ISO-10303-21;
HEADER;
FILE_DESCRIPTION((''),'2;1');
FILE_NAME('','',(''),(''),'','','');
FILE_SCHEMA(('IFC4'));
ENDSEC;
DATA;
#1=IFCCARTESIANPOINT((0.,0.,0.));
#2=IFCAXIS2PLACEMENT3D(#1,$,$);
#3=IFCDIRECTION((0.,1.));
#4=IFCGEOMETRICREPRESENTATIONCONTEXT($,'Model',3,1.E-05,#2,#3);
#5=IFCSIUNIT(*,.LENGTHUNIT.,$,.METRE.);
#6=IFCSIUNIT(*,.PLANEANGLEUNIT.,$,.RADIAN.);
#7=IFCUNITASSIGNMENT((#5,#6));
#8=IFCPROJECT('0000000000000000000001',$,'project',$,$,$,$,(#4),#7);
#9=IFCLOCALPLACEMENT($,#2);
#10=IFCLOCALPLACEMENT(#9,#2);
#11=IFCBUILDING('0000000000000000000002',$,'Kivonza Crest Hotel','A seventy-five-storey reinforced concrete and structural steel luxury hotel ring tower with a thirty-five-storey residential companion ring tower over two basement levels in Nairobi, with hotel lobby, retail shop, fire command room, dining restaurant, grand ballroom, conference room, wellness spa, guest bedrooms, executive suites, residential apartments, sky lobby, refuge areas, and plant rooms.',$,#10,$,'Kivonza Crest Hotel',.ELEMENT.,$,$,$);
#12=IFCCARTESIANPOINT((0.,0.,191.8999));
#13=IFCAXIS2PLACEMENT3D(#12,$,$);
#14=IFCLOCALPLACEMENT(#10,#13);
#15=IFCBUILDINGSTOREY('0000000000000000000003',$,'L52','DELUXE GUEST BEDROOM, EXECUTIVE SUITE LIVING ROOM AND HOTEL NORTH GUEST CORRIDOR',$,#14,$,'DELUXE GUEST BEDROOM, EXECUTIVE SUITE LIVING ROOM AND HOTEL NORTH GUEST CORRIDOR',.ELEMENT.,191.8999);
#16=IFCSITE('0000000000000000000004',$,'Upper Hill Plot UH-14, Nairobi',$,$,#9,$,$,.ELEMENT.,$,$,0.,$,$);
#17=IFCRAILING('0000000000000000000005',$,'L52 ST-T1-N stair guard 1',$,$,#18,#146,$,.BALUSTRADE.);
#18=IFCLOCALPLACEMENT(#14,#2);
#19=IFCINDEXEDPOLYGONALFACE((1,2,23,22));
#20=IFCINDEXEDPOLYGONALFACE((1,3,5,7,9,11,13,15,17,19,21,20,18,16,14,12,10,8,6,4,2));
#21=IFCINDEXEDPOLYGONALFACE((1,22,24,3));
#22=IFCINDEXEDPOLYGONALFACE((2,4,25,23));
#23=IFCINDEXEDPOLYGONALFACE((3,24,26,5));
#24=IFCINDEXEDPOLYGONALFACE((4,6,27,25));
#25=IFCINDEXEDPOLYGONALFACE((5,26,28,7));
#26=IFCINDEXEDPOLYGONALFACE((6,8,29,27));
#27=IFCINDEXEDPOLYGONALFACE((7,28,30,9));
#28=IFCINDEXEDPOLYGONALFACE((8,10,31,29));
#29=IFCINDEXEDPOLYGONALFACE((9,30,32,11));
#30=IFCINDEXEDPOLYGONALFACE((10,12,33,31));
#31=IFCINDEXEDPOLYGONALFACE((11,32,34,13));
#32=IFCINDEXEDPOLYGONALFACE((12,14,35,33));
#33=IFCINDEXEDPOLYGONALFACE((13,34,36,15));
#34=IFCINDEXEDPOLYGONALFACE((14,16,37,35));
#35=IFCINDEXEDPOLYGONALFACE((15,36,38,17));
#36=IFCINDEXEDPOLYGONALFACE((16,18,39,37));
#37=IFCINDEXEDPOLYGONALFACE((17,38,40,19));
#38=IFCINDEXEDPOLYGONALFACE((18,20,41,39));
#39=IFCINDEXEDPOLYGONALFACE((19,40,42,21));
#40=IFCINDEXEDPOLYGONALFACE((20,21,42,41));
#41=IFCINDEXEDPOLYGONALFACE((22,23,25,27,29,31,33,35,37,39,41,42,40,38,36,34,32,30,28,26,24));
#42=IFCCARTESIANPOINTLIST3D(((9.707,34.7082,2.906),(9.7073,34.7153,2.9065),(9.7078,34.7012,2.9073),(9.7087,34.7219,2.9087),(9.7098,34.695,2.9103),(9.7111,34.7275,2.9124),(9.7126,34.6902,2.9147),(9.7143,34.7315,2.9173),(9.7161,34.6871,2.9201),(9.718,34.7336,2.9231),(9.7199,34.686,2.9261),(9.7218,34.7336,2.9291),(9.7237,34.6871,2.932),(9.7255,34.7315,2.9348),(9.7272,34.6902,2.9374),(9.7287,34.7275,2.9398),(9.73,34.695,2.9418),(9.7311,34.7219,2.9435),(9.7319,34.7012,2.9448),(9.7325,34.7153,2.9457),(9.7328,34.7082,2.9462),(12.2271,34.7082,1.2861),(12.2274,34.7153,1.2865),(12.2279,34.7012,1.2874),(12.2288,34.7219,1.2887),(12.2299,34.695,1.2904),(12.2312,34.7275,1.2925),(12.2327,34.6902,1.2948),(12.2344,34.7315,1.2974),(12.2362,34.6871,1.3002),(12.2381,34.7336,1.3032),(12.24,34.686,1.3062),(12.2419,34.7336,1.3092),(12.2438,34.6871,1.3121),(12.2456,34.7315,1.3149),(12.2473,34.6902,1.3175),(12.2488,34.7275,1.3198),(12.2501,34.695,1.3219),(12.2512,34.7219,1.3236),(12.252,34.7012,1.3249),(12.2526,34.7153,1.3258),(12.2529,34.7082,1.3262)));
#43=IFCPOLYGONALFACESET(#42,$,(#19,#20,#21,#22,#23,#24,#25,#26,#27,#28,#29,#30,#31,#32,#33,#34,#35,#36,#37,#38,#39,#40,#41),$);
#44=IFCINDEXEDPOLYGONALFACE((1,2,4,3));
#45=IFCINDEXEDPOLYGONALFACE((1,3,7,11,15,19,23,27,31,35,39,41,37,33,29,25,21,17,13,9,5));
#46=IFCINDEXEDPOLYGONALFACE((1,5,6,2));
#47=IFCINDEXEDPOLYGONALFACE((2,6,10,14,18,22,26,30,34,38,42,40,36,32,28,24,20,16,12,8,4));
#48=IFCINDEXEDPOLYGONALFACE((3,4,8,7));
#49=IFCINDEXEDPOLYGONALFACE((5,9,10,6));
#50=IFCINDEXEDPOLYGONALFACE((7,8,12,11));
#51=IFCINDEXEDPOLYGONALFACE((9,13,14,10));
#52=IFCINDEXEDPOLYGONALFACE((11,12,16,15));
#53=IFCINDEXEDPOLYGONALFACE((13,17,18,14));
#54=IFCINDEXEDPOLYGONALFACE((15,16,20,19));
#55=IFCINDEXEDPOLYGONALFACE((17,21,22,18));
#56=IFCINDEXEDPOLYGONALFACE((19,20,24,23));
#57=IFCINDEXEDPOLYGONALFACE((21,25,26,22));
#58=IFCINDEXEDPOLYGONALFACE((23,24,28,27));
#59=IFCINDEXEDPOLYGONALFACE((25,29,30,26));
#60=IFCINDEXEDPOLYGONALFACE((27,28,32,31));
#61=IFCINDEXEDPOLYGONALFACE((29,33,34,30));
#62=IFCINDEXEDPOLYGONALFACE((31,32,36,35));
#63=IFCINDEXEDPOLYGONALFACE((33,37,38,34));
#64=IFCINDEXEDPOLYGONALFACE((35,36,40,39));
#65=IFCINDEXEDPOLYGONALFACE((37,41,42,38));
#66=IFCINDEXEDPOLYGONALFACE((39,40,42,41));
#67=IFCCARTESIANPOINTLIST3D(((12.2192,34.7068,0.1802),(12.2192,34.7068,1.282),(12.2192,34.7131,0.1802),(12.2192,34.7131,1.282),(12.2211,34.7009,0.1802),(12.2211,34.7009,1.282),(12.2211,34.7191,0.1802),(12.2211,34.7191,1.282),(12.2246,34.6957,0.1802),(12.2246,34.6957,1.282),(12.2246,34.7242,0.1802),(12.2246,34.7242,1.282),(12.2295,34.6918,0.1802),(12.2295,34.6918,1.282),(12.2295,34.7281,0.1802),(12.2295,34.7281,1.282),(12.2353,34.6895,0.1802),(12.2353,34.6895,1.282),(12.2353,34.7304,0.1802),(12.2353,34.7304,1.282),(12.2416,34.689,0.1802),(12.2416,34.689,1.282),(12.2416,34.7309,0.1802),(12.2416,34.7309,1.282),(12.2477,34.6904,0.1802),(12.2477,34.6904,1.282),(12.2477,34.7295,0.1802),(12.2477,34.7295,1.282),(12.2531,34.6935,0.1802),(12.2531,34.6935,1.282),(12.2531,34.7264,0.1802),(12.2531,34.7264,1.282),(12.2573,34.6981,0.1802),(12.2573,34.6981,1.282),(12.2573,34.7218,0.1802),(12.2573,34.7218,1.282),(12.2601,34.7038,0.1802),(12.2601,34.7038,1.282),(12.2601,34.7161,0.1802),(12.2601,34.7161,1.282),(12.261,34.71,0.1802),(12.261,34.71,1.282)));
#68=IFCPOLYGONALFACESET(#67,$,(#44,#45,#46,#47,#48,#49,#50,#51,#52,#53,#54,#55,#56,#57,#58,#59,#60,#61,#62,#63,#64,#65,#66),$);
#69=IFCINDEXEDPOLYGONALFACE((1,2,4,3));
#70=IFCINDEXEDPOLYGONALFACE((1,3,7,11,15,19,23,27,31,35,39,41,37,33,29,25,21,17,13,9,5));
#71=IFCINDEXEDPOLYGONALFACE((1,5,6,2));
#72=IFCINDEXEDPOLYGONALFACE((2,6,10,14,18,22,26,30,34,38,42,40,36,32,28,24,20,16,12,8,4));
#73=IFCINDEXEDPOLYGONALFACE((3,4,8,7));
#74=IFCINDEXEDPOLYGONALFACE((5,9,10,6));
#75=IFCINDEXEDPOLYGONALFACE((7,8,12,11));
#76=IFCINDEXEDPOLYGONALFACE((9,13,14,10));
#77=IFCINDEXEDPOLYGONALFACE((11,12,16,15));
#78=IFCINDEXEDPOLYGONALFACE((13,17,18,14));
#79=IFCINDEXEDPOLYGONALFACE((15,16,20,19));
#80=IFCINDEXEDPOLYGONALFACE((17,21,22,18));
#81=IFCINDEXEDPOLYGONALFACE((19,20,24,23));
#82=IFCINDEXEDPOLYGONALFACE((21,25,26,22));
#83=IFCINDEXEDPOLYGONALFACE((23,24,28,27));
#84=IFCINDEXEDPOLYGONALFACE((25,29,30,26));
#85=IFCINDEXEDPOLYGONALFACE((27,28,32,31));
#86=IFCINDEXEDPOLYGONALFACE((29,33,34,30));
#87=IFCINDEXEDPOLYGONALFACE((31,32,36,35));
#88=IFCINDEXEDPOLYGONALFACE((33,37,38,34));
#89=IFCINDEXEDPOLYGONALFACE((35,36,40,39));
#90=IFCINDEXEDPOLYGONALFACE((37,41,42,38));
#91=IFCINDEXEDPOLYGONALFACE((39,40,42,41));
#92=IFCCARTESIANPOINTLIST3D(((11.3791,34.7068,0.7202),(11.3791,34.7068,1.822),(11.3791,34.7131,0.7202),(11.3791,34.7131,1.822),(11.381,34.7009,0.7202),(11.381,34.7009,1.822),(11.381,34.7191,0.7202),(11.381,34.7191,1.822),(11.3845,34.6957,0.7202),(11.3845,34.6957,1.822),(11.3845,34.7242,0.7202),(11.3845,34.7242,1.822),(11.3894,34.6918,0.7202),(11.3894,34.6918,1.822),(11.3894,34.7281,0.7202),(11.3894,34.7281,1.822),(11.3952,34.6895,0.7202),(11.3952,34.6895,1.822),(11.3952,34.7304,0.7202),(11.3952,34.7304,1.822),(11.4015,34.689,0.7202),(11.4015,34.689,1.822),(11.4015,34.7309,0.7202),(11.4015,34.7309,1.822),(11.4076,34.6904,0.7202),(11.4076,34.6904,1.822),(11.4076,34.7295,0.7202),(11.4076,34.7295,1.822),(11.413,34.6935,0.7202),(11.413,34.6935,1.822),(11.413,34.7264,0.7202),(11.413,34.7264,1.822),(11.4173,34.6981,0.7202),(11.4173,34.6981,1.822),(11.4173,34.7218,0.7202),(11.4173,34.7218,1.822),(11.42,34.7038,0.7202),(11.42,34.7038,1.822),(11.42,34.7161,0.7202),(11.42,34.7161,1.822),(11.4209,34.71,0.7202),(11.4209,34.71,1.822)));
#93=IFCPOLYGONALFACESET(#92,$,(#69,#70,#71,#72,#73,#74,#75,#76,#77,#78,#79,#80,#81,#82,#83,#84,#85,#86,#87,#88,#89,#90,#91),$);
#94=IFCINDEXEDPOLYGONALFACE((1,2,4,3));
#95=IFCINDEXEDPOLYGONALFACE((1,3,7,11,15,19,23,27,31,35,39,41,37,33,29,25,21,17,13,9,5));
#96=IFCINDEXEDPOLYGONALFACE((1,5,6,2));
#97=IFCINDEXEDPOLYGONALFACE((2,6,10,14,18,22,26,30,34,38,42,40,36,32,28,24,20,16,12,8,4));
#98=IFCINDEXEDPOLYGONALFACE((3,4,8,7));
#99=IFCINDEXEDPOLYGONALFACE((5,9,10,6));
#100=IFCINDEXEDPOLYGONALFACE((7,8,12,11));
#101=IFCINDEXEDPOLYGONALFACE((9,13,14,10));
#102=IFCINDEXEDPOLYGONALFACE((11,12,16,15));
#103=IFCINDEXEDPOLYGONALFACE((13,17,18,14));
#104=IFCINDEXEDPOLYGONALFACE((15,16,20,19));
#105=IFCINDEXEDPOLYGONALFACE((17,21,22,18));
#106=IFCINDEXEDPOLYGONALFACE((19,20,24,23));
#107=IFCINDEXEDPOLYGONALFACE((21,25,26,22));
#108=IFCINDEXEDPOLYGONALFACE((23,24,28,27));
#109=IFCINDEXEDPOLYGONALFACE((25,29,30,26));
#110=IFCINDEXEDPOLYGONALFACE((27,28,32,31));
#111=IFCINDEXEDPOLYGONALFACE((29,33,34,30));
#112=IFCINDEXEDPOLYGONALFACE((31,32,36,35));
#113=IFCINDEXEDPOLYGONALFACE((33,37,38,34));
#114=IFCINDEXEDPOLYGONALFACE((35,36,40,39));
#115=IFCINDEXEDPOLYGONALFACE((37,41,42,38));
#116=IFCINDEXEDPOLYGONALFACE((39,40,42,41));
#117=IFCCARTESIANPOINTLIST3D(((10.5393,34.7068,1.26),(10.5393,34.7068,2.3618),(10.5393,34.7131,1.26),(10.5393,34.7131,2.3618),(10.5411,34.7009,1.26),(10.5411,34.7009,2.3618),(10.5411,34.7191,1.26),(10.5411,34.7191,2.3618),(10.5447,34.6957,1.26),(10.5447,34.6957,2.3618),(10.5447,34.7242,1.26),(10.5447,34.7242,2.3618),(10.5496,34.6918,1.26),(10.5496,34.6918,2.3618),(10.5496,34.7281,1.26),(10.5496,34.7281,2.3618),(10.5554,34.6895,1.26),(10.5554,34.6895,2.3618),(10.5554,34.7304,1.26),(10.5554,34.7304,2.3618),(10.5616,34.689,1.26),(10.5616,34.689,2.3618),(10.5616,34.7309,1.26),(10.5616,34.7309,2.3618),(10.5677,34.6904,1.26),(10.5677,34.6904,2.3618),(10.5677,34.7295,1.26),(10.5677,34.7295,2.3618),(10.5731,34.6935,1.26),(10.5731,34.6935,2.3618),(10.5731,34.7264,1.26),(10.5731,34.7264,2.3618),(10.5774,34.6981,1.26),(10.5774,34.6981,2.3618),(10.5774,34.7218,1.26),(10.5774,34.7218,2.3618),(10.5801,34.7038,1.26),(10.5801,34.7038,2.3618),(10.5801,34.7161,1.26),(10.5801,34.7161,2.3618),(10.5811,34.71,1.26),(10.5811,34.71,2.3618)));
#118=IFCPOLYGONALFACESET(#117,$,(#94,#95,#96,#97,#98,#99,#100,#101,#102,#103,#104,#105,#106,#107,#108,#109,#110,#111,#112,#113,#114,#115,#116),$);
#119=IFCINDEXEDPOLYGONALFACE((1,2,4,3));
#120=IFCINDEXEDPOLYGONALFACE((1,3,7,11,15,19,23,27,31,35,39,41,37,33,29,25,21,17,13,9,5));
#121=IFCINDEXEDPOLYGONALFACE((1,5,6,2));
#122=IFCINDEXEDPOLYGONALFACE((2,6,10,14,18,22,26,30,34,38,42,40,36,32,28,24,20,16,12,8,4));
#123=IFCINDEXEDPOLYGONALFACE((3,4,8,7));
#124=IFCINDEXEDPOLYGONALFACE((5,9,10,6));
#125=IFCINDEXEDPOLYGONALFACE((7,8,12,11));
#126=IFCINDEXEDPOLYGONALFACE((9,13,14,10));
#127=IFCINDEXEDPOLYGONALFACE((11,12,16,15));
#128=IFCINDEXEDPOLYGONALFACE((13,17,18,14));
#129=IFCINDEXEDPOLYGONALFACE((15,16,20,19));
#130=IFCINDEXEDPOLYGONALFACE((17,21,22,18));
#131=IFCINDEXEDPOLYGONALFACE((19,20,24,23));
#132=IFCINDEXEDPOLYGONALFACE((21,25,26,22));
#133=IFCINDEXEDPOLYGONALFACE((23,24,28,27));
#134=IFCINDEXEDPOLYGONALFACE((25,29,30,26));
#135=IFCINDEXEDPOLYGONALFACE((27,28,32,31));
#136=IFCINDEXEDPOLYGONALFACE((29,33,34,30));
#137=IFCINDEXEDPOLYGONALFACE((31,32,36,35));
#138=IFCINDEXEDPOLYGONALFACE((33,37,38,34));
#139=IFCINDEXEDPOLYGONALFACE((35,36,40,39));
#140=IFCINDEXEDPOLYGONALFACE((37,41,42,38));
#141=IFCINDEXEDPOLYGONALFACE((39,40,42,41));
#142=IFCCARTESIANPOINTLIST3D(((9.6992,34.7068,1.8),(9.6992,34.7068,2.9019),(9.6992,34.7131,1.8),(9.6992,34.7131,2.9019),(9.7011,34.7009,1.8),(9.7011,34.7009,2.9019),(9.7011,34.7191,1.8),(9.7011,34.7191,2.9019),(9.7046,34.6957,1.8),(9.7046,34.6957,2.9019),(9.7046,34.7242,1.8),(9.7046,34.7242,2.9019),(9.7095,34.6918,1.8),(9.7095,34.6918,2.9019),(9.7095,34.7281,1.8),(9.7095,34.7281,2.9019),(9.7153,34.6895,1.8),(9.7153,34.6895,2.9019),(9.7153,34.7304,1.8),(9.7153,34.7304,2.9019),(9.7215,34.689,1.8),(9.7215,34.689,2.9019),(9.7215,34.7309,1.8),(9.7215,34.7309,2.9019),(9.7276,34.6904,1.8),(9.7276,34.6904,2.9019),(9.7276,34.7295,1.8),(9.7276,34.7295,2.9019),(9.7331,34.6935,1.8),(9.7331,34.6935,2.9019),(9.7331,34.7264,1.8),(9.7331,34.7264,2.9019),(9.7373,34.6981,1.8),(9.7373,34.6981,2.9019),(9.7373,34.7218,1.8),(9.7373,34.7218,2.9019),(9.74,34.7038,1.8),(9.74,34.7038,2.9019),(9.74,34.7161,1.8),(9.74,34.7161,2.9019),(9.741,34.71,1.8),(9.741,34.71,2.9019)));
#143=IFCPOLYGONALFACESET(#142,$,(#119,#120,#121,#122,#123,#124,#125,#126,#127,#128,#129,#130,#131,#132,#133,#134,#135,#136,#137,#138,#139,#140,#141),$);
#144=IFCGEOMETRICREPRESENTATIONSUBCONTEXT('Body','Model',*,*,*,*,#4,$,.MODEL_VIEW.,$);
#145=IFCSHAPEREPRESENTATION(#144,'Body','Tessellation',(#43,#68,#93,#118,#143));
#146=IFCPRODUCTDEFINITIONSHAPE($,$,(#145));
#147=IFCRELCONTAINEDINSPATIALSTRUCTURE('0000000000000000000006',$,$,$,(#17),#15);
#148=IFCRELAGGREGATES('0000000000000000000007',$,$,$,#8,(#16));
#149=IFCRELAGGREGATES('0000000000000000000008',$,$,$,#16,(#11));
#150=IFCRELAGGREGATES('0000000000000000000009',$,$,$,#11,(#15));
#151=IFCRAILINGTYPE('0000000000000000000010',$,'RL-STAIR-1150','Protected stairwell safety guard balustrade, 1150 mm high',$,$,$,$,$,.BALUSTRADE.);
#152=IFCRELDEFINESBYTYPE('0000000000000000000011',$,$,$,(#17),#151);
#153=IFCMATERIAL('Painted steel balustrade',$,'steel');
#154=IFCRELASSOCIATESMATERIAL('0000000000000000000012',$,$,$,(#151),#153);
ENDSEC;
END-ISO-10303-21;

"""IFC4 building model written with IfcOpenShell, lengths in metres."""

from ifc_helpers import new_model, si_unit, direction, frame, origin, origin_2d, place, context, subcontext, project, spatial, circle, extrude, material, type_object, element, save


model = new_model("IFC4")

# Units and contexts
model_context = context("Model", 3, precision=1e-05, world=origin(), true_north=direction((0.0, 1.0)))
body_context = subcontext(model_context, "Body", "Model", "MODEL_VIEW")
ifc_project = project(units=[si_unit("LENGTHUNIT", "METRE"), si_unit("PLANEANGLEUNIT", "RADIAN")], contexts=[model_context])

# Site, building, storey
site_placement = place(None, origin())
site = spatial("IfcSite", under=ifc_project, at=site_placement, Name="Upper Hill Plot UH-14, Nairobi", CompositionType="ELEMENT", RefElevation=0.0)
building_placement = place(site_placement, origin())
building = spatial("IfcBuilding", under=site, at=building_placement, Name="Kivonza Crest Hotel", Description="A seventy-five-storey reinforced concrete and structural steel luxury hotel ring tower with a thirty-five-storey residential companion ring tower over two basement levels in Nairobi, with hotel lobby, retail shop, fire command room, dining restaurant, grand ballroom, conference room, wellness spa, guest bedrooms, executive suites, residential apartments, sky lobby, refuge areas, and plant rooms.", LongName="Kivonza Crest Hotel", CompositionType="ELEMENT")
storey_placement = place(building_placement, frame((0.0, 0.0, 191.8999)))
storey = spatial("IfcBuildingStorey", under=building, at=storey_placement, Name="L52", Description="DELUXE GUEST BEDROOM, EXECUTIVE SUITE LIVING ROOM AND HOTEL NORTH GUEST CORRIDOR", LongName="DELUXE GUEST BEDROOM, EXECUTIVE SUITE LIVING ROOM AND HOTEL NORTH GUEST CORRIDOR", CompositionType="ELEMENT", Elevation=191.8999)

# Railing
ifc_material_1 = material(Name="Painted steel balustrade", Category="steel")
railing_type_1 = type_object("IfcRailingType", Name="RL-STAIR-1150", Description="Protected stairwell safety guard balustrade, 1150 mm high", PredefinedType="BALUSTRADE", material=ifc_material_1)
railing_1_placement = place(storey_placement, frame((12.24, 34.71, 0.1802)))
element("IfcRailing", 1, at=railing_1_placement, inside=storey, type_object=railing_type_1, Name="L52 ST-T1-N stair guard 1", PredefinedType="BALUSTRADE", context=body_context, shape_type="SweptSolid", body=[
    extrude(circle(Radius=0.0239, at=origin_2d()), frame((0.0, 0.0, 1.126), z_axis=(-0.8412, 0.0, 0.540725), x_axis=(0.0, -1.0, 0.0)), (0.0, 0.0, 1.0), 2.9958),
    extrude(circle(Radius=0.021, at=origin_2d()), origin(), (0.0, 0.0, 1.0), 1.1018),
    extrude(circle(Radius=0.021, at=origin_2d()), frame((-0.8401, 0.0, 0.54)), (0.0, 0.0, 1.0), 1.1018),
    extrude(circle(Radius=0.021, at=origin_2d()), frame((-1.6799, 0.0, 1.0798)), (0.0, 0.0, 1.0), 1.1018),
    extrude(circle(Radius=0.021, at=origin_2d()), frame((-2.52, 0.0, 1.6199)), (0.0, 0.0, 1.0), 1.1018),
])

save(model, "model.ifc")
